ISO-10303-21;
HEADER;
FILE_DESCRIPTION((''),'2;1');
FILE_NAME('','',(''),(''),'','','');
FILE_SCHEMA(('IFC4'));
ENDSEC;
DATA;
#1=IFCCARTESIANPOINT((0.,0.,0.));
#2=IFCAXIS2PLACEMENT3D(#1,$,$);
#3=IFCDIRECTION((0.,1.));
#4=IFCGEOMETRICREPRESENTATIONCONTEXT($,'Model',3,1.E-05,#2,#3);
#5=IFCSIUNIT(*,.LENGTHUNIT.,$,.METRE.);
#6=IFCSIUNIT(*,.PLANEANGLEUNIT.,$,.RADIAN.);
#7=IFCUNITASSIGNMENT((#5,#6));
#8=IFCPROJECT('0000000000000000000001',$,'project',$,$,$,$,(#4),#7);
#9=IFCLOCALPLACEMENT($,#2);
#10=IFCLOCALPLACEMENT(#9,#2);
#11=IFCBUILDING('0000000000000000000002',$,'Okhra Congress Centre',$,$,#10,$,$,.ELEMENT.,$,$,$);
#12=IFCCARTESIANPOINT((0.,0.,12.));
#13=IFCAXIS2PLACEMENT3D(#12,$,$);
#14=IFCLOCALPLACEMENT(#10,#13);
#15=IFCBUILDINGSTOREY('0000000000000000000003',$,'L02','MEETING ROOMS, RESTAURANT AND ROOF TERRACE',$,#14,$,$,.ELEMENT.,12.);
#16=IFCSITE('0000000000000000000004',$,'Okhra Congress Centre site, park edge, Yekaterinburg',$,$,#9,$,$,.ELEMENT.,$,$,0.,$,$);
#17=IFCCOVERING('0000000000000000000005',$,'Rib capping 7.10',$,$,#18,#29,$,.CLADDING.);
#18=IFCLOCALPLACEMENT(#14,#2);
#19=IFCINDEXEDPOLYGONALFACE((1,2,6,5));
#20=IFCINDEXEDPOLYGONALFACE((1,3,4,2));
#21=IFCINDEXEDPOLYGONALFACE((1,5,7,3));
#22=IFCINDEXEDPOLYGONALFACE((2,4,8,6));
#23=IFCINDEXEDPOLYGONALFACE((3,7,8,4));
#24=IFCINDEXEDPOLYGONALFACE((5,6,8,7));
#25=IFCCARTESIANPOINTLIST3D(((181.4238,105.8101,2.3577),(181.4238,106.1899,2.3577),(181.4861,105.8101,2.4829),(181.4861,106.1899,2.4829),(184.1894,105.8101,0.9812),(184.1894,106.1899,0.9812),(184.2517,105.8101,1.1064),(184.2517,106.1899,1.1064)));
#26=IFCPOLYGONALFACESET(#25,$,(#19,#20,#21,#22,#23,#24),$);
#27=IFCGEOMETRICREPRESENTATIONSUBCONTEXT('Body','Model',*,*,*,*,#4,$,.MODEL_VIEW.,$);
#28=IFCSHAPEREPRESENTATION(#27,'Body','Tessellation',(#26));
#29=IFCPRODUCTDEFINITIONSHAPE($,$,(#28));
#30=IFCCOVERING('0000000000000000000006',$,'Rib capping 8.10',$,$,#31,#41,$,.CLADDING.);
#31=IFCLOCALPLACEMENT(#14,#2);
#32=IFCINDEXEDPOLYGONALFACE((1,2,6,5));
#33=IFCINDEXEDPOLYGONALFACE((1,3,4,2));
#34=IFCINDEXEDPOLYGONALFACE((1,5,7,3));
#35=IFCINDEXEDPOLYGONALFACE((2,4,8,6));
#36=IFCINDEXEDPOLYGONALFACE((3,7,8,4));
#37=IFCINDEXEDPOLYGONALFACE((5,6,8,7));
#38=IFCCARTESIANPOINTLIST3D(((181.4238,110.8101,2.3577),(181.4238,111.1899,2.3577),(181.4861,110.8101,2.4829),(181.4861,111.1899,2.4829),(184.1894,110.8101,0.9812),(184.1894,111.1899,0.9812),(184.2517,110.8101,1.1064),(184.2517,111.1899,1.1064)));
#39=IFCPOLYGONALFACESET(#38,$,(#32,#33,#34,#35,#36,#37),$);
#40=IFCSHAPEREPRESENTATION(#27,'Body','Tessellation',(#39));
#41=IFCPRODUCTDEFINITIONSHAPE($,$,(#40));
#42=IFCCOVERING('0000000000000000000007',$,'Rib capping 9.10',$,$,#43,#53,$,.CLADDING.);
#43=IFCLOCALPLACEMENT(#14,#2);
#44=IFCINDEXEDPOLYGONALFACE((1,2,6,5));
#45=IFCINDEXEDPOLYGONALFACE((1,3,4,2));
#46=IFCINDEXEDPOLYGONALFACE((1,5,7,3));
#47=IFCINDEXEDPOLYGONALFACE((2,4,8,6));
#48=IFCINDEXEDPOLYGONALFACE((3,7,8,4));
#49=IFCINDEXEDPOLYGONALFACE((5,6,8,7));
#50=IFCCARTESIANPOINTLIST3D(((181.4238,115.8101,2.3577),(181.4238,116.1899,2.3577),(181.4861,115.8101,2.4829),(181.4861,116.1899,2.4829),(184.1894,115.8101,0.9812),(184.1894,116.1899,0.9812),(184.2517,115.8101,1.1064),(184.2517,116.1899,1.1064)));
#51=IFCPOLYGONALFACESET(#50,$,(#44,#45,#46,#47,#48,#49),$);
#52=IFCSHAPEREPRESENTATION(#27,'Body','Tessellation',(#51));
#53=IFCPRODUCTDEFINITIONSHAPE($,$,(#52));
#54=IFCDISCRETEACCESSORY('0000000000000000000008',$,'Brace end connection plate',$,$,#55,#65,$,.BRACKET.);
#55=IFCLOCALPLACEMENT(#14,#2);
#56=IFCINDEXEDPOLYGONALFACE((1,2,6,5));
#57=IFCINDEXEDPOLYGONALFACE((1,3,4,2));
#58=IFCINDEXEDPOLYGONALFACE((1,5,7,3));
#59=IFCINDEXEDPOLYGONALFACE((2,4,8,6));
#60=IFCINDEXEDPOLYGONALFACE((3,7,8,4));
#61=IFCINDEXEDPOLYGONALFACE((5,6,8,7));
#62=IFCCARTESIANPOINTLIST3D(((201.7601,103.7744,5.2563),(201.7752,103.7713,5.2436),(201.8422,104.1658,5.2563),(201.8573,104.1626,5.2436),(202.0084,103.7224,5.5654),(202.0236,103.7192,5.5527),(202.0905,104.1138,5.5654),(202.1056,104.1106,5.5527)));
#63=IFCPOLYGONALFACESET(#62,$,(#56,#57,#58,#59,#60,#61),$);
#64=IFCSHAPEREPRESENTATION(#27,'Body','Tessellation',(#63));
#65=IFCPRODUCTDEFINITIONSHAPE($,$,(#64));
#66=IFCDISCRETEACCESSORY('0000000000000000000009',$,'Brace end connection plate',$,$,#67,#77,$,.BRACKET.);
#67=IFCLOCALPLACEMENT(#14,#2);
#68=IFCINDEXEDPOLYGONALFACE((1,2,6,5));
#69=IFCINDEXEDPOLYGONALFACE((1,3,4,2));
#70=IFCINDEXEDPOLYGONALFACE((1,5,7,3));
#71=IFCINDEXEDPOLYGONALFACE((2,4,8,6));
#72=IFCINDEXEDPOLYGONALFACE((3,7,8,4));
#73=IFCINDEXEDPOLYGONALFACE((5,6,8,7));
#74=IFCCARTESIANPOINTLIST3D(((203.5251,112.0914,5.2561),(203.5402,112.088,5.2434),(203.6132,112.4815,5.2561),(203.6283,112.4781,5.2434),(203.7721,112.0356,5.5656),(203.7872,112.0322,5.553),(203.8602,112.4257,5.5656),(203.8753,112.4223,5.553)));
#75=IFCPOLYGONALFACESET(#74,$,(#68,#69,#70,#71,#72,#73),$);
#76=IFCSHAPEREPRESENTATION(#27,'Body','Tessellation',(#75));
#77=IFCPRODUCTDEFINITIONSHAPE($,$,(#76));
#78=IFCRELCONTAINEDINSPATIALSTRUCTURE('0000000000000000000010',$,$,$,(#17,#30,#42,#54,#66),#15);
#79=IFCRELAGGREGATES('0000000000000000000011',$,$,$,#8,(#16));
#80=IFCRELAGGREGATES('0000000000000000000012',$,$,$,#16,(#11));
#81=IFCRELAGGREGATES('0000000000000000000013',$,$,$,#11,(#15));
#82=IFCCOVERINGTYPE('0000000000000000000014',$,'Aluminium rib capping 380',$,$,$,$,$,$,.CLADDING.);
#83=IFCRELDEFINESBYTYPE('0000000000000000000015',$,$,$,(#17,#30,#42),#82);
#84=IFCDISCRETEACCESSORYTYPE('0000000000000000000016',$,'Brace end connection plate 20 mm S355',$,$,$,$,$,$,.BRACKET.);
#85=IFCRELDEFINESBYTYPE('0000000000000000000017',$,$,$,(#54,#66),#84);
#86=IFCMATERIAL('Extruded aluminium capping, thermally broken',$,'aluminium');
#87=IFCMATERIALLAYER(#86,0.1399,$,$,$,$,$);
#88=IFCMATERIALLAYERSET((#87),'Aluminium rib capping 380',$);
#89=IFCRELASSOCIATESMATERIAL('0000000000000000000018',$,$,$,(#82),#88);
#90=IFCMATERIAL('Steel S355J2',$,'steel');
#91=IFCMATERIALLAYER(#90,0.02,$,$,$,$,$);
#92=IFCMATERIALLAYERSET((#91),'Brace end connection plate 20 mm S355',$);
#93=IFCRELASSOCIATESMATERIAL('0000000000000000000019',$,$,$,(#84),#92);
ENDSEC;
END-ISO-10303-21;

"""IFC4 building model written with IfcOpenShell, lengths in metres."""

from ifc_helpers import new_model, si_unit, direction, frame, origin, origin_2d, place, context, subcontext, project, spatial, polyline, rectangle, outline, extrude, material, layer, layer_set, type_object, element, save


model = new_model("IFC4")

# Units and contexts
model_context = context("Model", 3, precision=1e-05, world=origin(), true_north=direction((0.0, 1.0)))
body_context = subcontext(model_context, "Body", "Model", "MODEL_VIEW")
ifc_project = project(units=[si_unit("LENGTHUNIT", "METRE"), si_unit("PLANEANGLEUNIT", "RADIAN")], contexts=[model_context])

# Site, building, storey
site_placement = place(None, origin())
site = spatial("IfcSite", under=ifc_project, at=site_placement, Name="Okhra Congress Centre site, park edge, Yekaterinburg", CompositionType="ELEMENT", RefElevation=0.0)
building_placement = place(site_placement, origin())
building = spatial("IfcBuilding", under=site, at=building_placement, Name="Okhra Congress Centre", CompositionType="ELEMENT")
storey_placement = place(building_placement, frame((0.0, 0.0, 12.0)))
storey = spatial("IfcBuildingStorey", under=building, at=storey_placement, Name="L02", Description="MEETING ROOMS, RESTAURANT AND ROOF TERRACE", CompositionType="ELEMENT", Elevation=12.0)

# Shared definitions
ifc_material_1 = material(Name="Steel S355J2", Category="steel")

# Coverings
ifc_material_2 = material(Name="Extruded aluminium capping, thermally broken", Category="aluminium")
ifc_layer_1 = layer(ifc_material_2, 0.1399)
ifc_layer_set_1 = layer_set([ifc_layer_1], Name="Aluminium rib capping 380")
covering_type = type_object("IfcCoveringType", Name="Aluminium rib capping 380", PredefinedType="CLADDING", material=ifc_layer_set_1)
for number, where, z_axis, x_axis, name in (
    (1, (181.4861, 105.8101, 2.4829), (0.445569, 0.0, 0.895248), (0.895248, 0.0, -0.445569), "Rib capping 7.10"),
    (2, (181.4861, 110.8101, 2.4829), (0.445569, 0.0, 0.895248), (0.895248, 0.0, -0.445569), "Rib capping 8.10"),
    (3, (181.4861, 115.8101, 2.4829), (0.445569, 0.0, 0.895248), (0.895248, 0.0, -0.445569), "Rib capping 9.10"),
):
    element("IfcCovering", number, at=place(storey_placement, frame(where, z_axis=z_axis, x_axis=x_axis)), inside=storey, type_object=covering_type, Name=name, PredefinedType="CLADDING", context=body_context, shape_type="SweptSolid", body=[
        extrude(outline(polyline([(0.0, 0.0), (3.0892, 0.0), (3.0892, 0.3799), (0.0, 0.3799), (0.0, 0.0)])), origin(), (0.0, 0.0, -1.0), 0.1399),
    ])

# Discrete accessories
ifc_layer_2 = layer(ifc_material_1, 0.02)
ifc_layer_set_2 = layer_set([ifc_layer_2], Name="Brace end connection plate 20 mm S355")
discrete_accessory_type = type_object("IfcDiscreteAccessoryType", Name="Brace end connection plate 20 mm S355", PredefinedType="BRACKET", material=ifc_layer_set_2)
for number, where, z_axis, x_axis, name in (
    (4, (201.9404, 103.9409, 5.3982), (-0.756491, 0.158619, 0.634477), (-0.205215, -0.978717, 0.0), "Brace end connection plate"),
    (5, (203.7078, 112.2551, 5.3982), (-0.754976, 0.170478, 0.633205), (-0.220261, -0.975441, 0.0), "Brace end connection plate"),
):
    element("IfcDiscreteAccessory", number, at=place(storey_placement, frame(where, z_axis=z_axis, x_axis=x_axis)), inside=storey, type_object=discrete_accessory_type, Name=name, PredefinedType="BRACKET", context=body_context, shape_type="SweptSolid", body=[
        extrude(rectangle(XDim=0.3999, YDim=0.3999, at=origin_2d()), origin(), (0.0, 0.0, 1.0), 0.02),
    ])

save(model, "model.ifc")
